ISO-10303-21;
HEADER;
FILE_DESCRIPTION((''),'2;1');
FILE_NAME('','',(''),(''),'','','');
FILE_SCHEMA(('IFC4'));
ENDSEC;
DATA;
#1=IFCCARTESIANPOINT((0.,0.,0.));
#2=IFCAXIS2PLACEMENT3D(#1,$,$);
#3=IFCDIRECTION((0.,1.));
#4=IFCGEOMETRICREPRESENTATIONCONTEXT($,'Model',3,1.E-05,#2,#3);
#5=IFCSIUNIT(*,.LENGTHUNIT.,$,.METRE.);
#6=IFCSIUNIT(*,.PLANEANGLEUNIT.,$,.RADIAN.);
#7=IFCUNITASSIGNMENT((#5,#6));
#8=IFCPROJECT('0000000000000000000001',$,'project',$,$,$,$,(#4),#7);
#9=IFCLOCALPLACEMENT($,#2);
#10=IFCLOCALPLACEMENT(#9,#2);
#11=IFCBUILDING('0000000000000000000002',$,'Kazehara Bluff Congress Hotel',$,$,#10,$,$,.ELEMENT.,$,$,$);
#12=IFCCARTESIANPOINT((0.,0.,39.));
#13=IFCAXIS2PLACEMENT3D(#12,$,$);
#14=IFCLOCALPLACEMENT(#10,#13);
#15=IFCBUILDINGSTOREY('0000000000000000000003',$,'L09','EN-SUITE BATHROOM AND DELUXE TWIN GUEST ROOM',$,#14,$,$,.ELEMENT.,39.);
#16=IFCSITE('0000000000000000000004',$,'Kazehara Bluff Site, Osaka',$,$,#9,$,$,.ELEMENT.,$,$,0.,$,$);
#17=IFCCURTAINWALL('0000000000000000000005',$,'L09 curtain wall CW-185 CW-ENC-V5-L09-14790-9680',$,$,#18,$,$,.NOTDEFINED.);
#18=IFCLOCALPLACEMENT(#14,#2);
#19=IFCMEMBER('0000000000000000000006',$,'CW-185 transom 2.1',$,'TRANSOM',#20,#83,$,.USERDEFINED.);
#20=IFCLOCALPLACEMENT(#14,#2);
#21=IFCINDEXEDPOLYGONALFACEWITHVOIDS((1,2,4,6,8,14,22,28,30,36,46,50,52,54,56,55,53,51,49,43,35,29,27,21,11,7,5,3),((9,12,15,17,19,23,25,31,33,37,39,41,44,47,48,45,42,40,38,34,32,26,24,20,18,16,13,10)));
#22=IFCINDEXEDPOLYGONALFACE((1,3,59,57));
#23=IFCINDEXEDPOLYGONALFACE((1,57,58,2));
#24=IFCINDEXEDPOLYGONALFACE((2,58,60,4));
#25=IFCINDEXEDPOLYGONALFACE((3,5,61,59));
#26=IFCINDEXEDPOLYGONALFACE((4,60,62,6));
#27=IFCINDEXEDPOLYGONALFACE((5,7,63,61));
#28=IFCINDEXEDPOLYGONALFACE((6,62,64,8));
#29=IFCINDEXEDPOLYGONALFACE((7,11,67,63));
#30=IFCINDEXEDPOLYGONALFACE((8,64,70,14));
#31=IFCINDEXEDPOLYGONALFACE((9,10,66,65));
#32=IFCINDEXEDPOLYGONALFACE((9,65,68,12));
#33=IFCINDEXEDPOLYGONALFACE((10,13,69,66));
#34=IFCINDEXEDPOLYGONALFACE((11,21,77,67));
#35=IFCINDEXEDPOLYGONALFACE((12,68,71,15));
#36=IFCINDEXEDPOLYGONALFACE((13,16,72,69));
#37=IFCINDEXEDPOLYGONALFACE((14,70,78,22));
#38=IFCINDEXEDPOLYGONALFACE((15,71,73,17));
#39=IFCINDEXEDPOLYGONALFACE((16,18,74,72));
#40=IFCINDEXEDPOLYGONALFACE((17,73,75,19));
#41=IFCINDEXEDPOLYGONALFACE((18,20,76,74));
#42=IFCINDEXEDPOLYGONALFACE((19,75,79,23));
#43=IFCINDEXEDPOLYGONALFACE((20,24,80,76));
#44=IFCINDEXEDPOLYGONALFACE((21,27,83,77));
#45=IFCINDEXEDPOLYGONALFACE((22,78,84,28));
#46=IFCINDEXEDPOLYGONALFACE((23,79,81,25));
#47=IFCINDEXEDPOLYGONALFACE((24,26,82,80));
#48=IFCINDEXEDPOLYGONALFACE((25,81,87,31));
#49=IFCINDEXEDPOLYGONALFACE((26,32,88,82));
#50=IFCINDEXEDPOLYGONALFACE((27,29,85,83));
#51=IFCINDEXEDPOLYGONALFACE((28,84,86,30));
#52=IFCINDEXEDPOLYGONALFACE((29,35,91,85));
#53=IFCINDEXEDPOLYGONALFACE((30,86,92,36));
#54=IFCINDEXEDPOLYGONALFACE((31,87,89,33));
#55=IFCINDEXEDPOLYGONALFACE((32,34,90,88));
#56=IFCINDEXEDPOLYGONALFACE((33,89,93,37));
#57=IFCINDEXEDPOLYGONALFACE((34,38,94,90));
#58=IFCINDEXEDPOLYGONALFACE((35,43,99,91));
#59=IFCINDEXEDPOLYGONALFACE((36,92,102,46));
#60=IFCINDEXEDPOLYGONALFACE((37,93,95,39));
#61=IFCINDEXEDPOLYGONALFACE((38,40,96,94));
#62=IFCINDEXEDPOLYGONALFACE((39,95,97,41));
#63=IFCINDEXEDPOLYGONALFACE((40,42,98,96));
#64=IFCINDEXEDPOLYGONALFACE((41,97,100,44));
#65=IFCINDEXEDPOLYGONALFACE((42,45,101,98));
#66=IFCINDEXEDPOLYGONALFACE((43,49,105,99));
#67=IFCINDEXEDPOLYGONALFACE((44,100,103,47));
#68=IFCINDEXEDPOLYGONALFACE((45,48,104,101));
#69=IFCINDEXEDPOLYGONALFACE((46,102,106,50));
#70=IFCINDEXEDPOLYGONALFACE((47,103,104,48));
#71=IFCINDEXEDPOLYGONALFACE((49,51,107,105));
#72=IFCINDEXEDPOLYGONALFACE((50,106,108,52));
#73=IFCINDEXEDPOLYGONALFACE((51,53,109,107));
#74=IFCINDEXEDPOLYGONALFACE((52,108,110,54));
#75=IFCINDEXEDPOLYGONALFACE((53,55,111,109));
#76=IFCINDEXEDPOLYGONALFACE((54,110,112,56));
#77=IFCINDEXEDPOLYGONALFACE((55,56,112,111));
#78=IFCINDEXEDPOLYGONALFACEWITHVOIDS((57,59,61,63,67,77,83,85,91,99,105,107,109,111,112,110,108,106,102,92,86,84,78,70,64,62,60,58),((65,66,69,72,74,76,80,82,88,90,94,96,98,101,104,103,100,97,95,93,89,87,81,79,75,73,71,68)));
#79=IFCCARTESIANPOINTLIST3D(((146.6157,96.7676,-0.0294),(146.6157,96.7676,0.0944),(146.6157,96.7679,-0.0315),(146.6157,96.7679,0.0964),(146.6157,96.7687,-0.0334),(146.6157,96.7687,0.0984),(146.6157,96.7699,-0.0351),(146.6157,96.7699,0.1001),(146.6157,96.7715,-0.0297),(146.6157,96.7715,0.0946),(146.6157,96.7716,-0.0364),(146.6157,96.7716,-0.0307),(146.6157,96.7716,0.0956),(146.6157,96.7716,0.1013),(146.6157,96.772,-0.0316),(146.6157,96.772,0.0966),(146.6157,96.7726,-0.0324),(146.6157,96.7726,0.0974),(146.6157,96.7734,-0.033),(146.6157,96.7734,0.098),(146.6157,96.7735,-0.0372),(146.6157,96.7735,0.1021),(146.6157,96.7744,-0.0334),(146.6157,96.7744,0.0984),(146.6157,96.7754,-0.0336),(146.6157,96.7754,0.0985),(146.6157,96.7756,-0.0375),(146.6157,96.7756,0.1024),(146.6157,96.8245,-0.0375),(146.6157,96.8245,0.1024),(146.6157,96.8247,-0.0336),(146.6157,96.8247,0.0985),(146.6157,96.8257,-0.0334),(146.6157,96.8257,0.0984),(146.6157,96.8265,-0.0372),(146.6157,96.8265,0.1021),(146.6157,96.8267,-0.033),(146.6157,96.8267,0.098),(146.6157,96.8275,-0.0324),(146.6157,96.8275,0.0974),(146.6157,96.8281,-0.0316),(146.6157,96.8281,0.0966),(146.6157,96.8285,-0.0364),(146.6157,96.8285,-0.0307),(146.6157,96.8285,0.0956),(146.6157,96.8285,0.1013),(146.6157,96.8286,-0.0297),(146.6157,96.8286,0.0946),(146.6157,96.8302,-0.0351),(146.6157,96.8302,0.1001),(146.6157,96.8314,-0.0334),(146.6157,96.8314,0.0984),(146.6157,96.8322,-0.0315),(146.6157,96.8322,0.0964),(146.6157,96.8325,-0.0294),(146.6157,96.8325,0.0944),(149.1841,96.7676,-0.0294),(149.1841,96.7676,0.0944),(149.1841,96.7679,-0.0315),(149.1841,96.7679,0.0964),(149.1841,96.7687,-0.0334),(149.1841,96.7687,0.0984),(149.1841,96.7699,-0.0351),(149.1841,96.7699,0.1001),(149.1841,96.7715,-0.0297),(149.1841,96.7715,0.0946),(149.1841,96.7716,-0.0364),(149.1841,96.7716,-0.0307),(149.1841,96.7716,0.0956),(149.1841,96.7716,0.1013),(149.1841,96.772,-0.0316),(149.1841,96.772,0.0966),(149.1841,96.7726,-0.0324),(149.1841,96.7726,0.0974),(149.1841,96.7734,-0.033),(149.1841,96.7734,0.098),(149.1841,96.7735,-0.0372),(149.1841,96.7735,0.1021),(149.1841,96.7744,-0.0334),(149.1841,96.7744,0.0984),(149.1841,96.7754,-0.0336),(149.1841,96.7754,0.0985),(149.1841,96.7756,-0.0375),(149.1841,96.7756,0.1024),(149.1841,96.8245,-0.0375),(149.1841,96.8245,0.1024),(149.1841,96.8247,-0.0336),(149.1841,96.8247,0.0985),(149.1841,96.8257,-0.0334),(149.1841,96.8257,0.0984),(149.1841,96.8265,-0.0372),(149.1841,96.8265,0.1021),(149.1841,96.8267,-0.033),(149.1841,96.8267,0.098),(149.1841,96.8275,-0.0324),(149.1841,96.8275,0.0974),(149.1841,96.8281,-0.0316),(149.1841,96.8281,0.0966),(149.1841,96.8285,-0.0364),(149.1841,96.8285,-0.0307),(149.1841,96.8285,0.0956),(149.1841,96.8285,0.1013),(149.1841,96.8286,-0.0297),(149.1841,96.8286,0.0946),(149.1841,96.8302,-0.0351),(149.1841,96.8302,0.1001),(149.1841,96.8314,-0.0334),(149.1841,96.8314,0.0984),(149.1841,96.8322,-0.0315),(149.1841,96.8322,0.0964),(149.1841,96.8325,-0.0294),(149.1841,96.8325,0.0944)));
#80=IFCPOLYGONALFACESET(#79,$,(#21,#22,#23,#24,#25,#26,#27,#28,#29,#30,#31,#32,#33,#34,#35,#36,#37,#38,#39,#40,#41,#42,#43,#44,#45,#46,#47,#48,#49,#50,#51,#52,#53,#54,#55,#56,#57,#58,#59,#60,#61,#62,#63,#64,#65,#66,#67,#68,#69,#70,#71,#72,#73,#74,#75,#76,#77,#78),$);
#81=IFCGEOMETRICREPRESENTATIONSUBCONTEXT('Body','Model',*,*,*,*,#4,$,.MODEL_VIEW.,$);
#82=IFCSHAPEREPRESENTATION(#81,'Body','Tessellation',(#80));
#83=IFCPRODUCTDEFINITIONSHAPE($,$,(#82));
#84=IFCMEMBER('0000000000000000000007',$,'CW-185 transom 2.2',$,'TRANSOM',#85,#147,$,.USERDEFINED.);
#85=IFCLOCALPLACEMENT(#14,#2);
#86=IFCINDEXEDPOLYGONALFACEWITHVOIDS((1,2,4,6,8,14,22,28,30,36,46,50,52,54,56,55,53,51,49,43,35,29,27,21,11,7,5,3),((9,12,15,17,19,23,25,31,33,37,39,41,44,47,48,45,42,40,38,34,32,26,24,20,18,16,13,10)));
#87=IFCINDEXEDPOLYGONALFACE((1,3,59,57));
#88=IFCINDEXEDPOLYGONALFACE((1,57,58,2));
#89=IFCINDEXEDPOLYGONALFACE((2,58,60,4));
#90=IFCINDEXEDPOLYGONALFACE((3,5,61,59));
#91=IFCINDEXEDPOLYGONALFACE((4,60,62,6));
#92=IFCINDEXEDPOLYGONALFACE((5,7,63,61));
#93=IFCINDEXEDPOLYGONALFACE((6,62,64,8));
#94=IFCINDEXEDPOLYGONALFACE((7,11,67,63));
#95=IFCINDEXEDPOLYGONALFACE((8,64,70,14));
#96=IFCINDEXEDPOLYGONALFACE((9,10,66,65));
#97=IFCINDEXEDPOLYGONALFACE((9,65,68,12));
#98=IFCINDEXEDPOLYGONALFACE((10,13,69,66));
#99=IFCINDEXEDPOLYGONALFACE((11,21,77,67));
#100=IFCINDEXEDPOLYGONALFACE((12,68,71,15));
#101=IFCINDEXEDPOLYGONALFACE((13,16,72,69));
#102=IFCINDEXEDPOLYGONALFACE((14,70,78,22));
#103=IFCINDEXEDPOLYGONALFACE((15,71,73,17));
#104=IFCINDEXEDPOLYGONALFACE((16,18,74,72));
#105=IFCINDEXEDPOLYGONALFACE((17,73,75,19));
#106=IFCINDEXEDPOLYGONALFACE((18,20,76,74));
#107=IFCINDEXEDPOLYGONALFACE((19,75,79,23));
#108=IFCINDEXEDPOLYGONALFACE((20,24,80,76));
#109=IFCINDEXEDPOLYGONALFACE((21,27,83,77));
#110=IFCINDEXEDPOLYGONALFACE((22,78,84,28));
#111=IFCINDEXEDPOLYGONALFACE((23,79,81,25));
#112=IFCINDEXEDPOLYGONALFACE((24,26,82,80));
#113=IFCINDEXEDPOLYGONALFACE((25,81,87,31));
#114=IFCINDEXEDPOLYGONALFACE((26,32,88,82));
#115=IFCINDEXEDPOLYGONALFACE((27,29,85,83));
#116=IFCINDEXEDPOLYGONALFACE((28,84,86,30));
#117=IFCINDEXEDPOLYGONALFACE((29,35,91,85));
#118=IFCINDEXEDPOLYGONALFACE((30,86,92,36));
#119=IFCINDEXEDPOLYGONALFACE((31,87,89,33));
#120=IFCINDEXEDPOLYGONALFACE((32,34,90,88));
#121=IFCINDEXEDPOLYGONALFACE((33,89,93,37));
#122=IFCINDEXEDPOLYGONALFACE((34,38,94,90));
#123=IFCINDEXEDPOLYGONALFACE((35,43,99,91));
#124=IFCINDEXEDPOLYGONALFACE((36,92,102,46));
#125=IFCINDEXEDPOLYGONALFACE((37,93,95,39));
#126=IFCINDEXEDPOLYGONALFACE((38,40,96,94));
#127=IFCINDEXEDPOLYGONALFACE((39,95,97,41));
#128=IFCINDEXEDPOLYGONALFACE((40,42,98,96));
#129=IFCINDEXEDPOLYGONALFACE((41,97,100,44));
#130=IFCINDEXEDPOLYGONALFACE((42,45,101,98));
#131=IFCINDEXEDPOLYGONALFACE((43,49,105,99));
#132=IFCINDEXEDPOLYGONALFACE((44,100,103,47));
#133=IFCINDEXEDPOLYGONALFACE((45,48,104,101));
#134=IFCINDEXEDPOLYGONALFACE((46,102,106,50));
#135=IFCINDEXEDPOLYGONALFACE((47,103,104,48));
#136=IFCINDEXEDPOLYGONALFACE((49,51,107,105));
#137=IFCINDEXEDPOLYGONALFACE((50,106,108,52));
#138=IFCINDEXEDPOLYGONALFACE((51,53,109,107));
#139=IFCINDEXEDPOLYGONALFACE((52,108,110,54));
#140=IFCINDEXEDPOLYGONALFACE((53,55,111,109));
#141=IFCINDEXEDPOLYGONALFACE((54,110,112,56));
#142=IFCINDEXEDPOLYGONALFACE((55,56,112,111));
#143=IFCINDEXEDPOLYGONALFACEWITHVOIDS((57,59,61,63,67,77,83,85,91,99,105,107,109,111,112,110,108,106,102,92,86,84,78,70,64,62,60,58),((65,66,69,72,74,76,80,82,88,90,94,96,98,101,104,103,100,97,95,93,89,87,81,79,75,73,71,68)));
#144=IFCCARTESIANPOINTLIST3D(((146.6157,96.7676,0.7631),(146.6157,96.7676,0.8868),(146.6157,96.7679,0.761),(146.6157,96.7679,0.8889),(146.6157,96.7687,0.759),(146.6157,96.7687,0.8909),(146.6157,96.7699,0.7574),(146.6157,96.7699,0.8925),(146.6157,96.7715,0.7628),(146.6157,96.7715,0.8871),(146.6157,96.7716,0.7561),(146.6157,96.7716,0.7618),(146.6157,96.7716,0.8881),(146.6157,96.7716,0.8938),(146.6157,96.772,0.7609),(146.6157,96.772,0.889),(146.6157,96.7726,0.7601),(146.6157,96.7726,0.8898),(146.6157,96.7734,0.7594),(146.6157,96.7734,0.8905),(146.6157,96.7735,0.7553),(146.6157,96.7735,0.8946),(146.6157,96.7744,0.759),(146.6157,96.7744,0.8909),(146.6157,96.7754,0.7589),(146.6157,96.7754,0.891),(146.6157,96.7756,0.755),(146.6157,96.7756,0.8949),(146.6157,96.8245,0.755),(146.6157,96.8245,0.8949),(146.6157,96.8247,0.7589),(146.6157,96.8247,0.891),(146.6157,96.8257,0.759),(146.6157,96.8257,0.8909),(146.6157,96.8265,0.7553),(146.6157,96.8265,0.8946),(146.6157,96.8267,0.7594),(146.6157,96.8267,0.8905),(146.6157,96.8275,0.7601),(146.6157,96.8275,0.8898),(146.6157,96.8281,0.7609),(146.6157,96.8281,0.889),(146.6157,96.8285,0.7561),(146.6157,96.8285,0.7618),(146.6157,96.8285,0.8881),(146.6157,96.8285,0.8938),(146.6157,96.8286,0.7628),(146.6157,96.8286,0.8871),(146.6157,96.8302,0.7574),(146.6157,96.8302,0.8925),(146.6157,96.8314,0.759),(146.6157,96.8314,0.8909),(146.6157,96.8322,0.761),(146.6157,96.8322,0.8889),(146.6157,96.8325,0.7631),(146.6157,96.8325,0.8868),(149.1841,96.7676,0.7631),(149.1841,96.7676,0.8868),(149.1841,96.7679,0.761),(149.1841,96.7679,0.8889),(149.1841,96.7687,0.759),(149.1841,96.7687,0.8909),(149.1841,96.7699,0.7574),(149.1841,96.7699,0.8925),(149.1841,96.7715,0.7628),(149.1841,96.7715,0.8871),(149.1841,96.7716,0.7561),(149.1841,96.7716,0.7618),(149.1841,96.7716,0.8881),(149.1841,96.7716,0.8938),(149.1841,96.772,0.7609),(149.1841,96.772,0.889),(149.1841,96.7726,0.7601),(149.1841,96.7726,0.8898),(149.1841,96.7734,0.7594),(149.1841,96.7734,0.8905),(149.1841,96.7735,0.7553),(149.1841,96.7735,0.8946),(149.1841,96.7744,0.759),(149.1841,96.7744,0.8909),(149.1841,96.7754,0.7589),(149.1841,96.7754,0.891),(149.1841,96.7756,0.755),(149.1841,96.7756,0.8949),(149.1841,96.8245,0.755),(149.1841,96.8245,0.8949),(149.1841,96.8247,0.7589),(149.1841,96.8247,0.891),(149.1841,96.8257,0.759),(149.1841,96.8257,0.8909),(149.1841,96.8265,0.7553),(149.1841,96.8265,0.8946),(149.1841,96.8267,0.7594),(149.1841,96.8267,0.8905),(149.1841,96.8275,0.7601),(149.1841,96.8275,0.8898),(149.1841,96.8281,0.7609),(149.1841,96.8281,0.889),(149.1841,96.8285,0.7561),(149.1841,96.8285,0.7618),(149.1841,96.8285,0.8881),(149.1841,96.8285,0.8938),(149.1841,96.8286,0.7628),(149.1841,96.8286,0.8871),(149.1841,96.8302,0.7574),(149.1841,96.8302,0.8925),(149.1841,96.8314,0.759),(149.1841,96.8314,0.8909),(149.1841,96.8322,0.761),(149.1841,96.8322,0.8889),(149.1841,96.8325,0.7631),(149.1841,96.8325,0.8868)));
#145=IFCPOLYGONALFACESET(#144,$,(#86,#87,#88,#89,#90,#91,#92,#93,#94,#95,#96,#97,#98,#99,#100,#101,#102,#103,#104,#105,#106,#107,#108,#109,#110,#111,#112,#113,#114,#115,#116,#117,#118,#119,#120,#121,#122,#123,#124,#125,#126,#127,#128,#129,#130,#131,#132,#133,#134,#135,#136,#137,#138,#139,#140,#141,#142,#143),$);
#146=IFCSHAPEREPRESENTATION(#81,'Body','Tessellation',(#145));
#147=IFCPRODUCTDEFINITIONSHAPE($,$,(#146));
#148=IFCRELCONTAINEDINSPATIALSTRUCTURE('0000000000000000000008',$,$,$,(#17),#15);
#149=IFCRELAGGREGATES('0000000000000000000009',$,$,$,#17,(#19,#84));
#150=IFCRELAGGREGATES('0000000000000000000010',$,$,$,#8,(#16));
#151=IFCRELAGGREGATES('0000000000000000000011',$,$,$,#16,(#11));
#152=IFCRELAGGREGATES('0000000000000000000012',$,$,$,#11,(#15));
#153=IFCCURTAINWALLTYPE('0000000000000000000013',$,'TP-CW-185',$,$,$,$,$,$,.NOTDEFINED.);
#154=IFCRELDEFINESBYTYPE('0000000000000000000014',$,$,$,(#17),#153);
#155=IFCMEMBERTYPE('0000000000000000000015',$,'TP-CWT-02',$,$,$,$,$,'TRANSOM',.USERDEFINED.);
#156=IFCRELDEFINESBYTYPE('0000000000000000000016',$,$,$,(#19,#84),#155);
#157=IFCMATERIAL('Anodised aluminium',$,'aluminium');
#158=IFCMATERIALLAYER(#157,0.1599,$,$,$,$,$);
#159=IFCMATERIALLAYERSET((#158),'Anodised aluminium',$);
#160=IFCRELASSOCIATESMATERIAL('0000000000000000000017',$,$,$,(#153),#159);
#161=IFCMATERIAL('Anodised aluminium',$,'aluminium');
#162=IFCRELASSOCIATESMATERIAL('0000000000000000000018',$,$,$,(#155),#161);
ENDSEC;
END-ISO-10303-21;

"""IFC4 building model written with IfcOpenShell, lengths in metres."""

from ifc_helpers import new_model, si_unit, direction, frame, origin, origin_2d, place, context, subcontext, project, spatial, hollow_rectangle, extrude, material, layer, layer_set, material_profile, profile_set, type_object, element, aggregate, save


model = new_model("IFC4")

# Units and contexts
model_context = context("Model", 3, precision=1e-05, world=origin(), true_north=direction((0.0, 1.0)))
body_context = subcontext(model_context, "Body", "Model", "MODEL_VIEW")
ifc_project = project(units=[si_unit("LENGTHUNIT", "METRE"), si_unit("PLANEANGLEUNIT", "RADIAN")], contexts=[model_context])

# Site, building, storey
site_placement = place(None, origin())
site = spatial("IfcSite", under=ifc_project, at=site_placement, Name="Kazehara Bluff Site, Osaka", CompositionType="ELEMENT", RefElevation=0.0)
building_placement = place(site_placement, origin())
building = spatial("IfcBuilding", under=site, at=building_placement, Name="Kazehara Bluff Congress Hotel", CompositionType="ELEMENT")
storey_placement = place(building_placement, frame((0.0, 0.0, 39.0)))
storey = spatial("IfcBuildingStorey", under=building, at=storey_placement, Name="L09", Description="EN-SUITE BATHROOM AND DELUXE TWIN GUEST ROOM", CompositionType="ELEMENT", Elevation=39.0)

# Curtain wall, members
ifc_material_1 = material(Name="Anodised aluminium", Category="aluminium")
ifc_layer_1 = layer(ifc_material_1, 0.1599)
ifc_layer_set_1 = layer_set([ifc_layer_1], Name="Anodised aluminium")
curtain_wall_type = type_object("IfcCurtainWallType", Name="TP-CW-185", PredefinedType="NOTDEFINED", material=ifc_layer_set_1)
curtain_wall_placement = place(storey_placement, origin())
curtain_wall = element("IfcCurtainWall", 1, at=curtain_wall_placement, inside=storey, type_object=curtain_wall_type, Name="L09 curtain wall CW-185 CW-ENC-V5-L09-14790-9680", PredefinedType="NOTDEFINED")
ifc_material_2 = material(Name="Anodised aluminium", Category="aluminium")
ifc_material_profile_1 = material_profile(ifc_material_2, hollow_rectangle(XDim=0.0649, YDim=0.1399, WallThickness=0.0039, InnerFilletRadius=0.0039, OuterFilletRadius=0.0081, at=origin_2d()))
ifc_profile_set_1 = profile_set([ifc_material_profile_1], Name="Anodised aluminium")
member_type_1 = type_object("IfcMemberType", Name="TP-CWT-02", ElementType="TRANSOM", PredefinedType="USERDEFINED", material=ifc_profile_set_1)
member_1_placement = place(storey_placement, frame((146.6157, 96.8, 0.0325), z_axis=(1.0, 0.0, 0.0), x_axis=(0.0, 1.0, 0.0)))
member_1 = element("IfcMember", 2, at=member_1_placement, type_object=member_type_1, Name="CW-185 transom 2.1", ObjectType="TRANSOM", PredefinedType="USERDEFINED", context=body_context, shape_type="SweptSolid", body=[
    extrude(hollow_rectangle(XDim=0.0649, YDim=0.1399, WallThickness=0.0039, InnerFilletRadius=0.0039, OuterFilletRadius=0.0081, at=origin_2d()), origin(), (0.0, 0.0, 1.0), 2.5684),
])
member_2_placement = place(storey_placement, frame((146.6157, 96.8, 0.825), z_axis=(1.0, 0.0, 0.0), x_axis=(0.0, 1.0, 0.0)))
member_2 = element("IfcMember", 3, at=member_2_placement, type_object=member_type_1, Name="CW-185 transom 2.2", ObjectType="TRANSOM", PredefinedType="USERDEFINED", context=body_context, shape_type="SweptSolid", body=[
    extrude(hollow_rectangle(XDim=0.0649, YDim=0.1399, WallThickness=0.0039, InnerFilletRadius=0.0039, OuterFilletRadius=0.0081, at=origin_2d()), origin(), (0.0, 0.0, 1.0), 2.5684),
])

aggregate(curtain_wall, [member_1, member_2])

save(model, "model.ifc")
